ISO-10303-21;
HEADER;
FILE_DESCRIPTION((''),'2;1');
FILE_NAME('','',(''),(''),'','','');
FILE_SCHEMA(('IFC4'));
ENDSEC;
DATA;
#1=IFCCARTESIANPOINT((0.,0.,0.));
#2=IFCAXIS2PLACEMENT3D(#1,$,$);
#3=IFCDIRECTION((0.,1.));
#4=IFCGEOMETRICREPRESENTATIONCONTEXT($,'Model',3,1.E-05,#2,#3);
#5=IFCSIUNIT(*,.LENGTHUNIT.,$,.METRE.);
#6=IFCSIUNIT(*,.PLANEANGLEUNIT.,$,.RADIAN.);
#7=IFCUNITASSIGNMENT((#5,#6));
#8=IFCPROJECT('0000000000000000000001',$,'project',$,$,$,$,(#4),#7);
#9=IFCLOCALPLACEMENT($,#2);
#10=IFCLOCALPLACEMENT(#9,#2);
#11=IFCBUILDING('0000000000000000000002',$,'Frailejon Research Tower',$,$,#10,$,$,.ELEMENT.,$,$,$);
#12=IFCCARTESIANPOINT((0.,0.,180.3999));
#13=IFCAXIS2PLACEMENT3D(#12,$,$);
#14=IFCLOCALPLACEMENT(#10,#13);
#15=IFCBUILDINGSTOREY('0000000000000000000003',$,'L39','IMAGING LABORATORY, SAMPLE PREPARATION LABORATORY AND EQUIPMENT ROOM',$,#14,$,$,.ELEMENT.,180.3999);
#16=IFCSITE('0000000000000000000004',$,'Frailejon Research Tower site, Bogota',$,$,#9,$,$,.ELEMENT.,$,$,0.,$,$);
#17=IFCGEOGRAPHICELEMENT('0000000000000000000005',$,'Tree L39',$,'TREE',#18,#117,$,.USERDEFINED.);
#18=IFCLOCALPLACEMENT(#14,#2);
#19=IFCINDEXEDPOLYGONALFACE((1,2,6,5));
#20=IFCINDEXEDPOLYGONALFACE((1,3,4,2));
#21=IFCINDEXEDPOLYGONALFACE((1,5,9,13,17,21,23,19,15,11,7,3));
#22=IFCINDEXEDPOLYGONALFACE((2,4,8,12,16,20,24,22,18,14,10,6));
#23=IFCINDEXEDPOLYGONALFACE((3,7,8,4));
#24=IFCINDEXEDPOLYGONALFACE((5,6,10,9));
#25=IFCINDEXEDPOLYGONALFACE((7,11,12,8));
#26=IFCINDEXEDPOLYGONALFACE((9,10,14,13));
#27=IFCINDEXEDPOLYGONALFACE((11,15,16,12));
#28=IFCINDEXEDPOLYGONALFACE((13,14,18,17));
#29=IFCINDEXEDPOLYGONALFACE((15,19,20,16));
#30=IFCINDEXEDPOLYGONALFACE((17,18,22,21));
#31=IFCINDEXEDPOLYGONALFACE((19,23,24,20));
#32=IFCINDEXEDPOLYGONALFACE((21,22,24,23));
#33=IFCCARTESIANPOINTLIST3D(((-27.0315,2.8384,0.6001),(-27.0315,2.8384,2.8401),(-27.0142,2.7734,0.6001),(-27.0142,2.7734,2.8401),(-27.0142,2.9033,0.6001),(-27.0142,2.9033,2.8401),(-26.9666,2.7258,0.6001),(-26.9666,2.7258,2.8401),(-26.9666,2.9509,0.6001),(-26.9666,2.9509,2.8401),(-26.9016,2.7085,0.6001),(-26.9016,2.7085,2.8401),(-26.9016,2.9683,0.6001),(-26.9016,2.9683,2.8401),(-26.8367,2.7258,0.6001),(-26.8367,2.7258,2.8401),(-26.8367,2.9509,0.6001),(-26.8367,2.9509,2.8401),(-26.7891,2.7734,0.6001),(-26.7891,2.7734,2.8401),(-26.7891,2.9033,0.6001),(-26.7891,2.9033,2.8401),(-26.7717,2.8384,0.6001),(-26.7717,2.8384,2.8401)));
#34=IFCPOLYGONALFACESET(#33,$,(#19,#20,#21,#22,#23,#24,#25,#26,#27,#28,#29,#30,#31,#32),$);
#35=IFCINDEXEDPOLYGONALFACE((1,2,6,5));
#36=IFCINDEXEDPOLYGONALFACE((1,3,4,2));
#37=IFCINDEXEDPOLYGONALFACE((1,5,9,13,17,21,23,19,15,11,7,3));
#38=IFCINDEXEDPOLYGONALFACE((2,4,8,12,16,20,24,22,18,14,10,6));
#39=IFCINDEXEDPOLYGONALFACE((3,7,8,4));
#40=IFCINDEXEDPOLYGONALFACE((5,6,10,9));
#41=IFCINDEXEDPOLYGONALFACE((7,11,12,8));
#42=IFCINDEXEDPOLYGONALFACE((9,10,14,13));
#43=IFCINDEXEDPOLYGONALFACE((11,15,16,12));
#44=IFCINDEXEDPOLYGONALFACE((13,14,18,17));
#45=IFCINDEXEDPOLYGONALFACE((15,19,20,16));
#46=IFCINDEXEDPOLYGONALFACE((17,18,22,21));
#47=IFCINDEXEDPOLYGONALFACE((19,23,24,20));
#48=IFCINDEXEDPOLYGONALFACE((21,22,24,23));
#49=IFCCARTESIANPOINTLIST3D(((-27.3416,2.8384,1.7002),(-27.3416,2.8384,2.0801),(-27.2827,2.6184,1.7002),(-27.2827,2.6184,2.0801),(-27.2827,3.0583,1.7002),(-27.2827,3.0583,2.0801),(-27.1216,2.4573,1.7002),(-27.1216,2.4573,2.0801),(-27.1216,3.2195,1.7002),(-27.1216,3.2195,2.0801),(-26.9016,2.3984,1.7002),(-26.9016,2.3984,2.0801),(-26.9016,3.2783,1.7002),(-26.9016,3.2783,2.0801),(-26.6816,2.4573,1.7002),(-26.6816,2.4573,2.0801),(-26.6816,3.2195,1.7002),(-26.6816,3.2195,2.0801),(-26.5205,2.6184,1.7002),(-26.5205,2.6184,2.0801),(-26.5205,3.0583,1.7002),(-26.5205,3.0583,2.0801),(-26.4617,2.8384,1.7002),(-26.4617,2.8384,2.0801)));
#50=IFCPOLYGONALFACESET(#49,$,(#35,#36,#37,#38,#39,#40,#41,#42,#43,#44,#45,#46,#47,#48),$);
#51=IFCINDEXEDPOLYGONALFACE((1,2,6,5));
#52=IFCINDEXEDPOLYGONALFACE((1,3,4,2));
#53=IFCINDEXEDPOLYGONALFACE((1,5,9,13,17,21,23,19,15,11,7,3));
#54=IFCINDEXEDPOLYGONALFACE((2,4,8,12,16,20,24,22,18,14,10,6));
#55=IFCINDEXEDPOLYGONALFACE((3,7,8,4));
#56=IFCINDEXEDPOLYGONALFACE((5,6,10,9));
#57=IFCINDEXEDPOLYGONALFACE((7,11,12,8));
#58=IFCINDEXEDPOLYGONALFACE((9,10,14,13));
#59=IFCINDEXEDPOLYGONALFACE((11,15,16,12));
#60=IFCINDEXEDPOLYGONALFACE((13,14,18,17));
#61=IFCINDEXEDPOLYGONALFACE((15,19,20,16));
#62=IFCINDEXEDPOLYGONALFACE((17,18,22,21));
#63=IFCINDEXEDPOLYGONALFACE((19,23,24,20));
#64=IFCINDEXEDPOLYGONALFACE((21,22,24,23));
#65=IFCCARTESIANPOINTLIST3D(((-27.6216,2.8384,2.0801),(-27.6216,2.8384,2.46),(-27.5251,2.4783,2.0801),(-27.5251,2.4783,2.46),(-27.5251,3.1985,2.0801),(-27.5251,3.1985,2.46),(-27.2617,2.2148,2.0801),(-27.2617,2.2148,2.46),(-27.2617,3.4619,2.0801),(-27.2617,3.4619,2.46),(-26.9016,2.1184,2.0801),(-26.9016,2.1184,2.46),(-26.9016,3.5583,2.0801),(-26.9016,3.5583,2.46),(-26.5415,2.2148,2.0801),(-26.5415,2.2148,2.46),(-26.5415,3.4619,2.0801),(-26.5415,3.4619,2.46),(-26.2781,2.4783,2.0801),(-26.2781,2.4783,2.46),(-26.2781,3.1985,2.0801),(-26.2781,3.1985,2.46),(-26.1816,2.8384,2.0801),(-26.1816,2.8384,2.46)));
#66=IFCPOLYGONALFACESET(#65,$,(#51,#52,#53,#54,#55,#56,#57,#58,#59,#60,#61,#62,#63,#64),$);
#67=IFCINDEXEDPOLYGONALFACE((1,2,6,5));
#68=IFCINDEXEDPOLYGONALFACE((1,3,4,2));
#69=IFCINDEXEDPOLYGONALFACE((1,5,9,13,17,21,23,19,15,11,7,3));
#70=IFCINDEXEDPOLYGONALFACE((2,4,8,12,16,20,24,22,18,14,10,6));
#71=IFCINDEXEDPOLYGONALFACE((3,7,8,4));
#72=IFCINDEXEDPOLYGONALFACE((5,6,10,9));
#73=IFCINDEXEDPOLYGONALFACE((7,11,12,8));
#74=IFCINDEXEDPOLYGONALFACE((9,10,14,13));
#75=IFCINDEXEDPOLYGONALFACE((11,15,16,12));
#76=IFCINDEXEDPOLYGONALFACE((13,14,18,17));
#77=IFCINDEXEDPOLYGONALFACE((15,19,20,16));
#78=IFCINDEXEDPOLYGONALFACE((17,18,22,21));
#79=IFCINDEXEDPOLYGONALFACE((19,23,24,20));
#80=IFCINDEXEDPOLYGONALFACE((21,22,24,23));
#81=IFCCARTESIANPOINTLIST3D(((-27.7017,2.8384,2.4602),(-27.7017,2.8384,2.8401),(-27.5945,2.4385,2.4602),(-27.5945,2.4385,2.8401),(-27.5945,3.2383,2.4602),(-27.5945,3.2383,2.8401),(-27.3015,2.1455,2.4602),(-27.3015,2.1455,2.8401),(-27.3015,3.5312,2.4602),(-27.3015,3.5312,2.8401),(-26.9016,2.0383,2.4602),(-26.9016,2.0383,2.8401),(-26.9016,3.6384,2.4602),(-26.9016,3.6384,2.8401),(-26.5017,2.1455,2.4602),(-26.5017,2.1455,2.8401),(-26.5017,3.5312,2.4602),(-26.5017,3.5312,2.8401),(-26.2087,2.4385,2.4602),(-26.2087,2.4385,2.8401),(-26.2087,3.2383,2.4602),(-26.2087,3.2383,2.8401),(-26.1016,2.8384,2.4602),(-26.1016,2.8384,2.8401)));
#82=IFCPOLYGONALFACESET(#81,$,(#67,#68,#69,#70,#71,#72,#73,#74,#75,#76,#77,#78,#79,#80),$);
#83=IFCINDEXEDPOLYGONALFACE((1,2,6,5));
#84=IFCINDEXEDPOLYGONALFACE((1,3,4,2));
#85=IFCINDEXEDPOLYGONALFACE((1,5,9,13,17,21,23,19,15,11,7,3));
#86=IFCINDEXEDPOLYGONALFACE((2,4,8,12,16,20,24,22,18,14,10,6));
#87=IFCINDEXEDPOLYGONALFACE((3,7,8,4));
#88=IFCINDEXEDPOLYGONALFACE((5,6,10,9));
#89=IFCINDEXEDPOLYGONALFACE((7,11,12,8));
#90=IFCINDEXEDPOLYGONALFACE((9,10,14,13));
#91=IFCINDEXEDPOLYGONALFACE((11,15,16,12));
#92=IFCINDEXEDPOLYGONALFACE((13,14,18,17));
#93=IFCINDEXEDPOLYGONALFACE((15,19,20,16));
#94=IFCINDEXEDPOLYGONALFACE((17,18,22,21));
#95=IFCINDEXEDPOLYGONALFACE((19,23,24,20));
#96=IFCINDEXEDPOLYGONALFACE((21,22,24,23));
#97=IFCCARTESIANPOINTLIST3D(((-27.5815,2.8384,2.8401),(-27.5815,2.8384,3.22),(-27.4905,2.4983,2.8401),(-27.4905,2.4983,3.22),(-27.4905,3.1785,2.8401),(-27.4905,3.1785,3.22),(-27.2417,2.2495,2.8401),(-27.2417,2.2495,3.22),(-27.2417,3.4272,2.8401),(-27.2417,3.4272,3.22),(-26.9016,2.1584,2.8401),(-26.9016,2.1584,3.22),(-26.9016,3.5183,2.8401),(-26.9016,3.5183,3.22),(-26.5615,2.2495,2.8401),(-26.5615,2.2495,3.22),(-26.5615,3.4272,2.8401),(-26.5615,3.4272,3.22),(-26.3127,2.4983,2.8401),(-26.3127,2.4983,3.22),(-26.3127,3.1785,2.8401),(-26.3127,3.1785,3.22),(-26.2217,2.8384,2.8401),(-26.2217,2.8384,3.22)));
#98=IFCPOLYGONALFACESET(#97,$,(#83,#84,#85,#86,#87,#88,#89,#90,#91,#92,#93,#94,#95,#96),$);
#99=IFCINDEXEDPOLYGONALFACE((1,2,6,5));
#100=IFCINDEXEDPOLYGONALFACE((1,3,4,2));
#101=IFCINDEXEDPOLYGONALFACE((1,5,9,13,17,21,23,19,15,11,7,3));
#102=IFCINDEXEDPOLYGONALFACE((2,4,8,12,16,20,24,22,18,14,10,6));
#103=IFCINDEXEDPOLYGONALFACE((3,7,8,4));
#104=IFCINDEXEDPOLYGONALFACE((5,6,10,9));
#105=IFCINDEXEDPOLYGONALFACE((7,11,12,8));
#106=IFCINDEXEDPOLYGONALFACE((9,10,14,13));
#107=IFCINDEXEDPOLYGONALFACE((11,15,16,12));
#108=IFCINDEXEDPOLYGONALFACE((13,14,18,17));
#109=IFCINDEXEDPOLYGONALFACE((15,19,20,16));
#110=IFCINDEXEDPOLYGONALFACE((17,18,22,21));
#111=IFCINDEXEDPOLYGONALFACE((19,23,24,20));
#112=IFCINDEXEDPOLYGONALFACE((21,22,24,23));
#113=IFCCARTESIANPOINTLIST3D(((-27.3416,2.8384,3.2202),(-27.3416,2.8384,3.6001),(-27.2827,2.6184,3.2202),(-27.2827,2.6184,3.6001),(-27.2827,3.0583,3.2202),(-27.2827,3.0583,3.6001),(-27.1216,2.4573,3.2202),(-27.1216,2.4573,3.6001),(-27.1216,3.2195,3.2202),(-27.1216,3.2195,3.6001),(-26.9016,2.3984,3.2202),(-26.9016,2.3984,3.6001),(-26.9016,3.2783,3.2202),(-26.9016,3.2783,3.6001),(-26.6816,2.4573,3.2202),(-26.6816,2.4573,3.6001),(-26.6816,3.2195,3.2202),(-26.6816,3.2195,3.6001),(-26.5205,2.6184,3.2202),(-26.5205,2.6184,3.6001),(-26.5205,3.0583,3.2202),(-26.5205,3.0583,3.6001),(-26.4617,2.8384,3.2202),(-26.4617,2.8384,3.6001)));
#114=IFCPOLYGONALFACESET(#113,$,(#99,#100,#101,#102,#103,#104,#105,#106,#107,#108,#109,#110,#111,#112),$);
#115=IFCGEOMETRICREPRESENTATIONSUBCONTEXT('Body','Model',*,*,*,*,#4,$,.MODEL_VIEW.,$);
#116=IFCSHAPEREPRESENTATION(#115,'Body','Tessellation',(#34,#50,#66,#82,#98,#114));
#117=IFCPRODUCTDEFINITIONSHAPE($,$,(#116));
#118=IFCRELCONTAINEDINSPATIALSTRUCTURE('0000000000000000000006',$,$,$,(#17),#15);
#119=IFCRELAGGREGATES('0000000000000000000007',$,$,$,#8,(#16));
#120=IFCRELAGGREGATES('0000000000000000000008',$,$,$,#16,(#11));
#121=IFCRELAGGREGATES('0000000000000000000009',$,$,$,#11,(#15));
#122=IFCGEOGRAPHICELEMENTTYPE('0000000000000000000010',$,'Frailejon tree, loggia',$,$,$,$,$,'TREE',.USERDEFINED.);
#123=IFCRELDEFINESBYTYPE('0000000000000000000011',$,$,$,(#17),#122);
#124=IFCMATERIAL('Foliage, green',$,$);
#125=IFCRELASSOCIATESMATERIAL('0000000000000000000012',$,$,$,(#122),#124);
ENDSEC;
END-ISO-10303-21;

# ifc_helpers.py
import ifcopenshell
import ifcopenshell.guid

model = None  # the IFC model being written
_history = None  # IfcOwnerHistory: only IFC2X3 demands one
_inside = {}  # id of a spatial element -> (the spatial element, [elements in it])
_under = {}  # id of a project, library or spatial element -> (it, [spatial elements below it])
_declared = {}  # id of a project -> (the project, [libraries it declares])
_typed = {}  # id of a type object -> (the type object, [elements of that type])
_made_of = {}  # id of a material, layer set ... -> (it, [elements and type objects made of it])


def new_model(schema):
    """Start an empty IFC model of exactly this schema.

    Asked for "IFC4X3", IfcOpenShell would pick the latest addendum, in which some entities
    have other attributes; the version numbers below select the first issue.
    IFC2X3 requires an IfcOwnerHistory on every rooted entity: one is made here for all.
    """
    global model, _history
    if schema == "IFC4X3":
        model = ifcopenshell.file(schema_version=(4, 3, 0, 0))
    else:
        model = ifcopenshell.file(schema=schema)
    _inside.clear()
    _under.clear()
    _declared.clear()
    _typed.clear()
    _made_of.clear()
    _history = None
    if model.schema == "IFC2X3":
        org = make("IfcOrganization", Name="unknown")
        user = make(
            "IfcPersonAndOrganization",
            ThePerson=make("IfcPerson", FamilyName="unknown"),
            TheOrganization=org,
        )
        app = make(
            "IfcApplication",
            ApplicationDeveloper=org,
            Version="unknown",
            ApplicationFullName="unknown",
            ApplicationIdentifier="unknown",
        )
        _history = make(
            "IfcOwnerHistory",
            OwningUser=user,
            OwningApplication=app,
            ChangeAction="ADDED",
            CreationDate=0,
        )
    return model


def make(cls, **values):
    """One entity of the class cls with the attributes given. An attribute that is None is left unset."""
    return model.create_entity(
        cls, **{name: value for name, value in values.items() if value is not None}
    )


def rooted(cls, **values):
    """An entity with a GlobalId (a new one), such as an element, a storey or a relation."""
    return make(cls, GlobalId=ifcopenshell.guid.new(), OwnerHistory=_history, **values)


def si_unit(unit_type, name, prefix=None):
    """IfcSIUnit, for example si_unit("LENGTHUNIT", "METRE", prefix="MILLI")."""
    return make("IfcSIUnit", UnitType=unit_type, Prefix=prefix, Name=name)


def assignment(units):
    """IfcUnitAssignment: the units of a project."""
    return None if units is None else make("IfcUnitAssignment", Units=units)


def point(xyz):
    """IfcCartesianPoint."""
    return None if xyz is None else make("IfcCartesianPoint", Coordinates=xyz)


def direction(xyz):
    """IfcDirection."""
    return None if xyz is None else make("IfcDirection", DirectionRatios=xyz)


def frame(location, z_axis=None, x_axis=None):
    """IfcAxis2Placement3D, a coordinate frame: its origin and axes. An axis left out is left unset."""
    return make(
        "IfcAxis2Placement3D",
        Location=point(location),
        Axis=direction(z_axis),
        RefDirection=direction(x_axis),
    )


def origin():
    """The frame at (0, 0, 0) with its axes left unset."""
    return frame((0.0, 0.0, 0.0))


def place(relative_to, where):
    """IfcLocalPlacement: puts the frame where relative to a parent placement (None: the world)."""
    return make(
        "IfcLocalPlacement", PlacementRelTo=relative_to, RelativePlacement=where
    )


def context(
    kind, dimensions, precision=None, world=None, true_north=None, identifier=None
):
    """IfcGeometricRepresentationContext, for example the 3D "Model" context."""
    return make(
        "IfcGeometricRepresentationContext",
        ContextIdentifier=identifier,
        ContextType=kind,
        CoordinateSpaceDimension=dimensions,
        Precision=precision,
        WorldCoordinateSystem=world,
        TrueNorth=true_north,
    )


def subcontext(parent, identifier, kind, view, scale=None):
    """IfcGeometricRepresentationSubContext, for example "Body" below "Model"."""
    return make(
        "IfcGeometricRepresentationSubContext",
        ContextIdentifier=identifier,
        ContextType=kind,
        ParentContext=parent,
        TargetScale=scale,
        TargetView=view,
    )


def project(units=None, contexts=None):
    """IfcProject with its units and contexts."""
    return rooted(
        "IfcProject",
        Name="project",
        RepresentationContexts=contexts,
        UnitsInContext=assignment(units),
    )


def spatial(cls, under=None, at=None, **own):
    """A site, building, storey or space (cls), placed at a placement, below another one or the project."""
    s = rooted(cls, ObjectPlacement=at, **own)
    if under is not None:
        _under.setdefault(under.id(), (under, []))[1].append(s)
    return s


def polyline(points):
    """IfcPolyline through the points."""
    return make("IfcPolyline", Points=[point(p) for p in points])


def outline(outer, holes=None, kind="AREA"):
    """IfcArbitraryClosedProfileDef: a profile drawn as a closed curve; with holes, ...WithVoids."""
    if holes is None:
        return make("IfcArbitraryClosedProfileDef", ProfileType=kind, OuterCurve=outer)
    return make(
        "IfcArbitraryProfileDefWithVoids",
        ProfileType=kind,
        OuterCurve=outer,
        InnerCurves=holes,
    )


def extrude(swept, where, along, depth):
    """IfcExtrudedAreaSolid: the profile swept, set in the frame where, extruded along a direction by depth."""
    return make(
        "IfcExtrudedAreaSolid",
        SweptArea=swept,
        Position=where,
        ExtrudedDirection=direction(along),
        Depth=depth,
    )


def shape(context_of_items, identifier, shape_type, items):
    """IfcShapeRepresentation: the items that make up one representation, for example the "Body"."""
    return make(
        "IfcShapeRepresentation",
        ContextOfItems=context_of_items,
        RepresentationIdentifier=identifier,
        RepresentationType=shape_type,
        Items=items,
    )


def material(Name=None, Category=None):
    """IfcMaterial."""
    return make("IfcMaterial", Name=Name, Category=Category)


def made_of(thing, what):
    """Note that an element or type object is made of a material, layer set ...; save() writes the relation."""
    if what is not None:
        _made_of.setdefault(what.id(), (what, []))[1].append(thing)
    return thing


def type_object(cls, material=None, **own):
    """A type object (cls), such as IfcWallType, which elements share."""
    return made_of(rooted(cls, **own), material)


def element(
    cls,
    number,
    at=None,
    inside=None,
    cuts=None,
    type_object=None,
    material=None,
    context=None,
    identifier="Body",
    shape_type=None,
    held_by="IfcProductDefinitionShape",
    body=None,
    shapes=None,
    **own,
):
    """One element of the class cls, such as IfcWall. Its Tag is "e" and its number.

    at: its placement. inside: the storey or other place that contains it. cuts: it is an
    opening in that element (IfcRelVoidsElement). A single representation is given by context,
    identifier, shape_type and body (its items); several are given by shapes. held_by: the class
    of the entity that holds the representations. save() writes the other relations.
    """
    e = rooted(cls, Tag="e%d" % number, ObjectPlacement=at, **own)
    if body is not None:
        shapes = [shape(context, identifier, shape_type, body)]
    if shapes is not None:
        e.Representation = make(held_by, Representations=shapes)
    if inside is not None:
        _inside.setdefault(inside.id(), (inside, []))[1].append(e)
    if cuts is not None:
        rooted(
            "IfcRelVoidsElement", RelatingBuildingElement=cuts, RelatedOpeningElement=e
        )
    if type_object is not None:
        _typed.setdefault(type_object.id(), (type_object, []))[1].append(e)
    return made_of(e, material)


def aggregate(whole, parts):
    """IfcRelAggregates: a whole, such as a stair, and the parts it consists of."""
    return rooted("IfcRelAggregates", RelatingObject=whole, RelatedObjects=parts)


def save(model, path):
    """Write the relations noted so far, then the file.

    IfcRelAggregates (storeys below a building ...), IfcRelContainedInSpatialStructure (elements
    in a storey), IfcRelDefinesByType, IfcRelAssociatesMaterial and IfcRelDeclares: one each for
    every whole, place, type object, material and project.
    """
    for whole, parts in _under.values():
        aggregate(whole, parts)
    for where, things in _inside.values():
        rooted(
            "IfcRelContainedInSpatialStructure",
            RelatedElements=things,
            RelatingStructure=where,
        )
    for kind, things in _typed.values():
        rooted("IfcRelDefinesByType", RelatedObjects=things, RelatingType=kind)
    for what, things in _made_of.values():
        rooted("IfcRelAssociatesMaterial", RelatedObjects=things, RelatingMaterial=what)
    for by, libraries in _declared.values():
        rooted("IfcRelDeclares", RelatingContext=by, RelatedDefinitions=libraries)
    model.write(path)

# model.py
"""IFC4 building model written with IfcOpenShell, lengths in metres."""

from ifc_helpers import new_model, si_unit, direction, frame, origin, place, context, subcontext, project, spatial, polyline, outline, extrude, material, type_object, element, save


model = new_model("IFC4")

# Units and contexts
model_context = context("Model", 3, precision=1e-05, world=origin(), true_north=direction((0.0, 1.0)))
body_context = subcontext(model_context, "Body", "Model", "MODEL_VIEW")
ifc_project = project(units=[si_unit("LENGTHUNIT", "METRE"), si_unit("PLANEANGLEUNIT", "RADIAN")], contexts=[model_context])

# Site, building, storey
site_placement = place(None, origin())
site = spatial("IfcSite", under=ifc_project, at=site_placement, Name="Frailejon Research Tower site, Bogota", CompositionType="ELEMENT", RefElevation=0.0)
building_placement = place(site_placement, origin())
building = spatial("IfcBuilding", under=site, at=building_placement, Name="Frailejon Research Tower", CompositionType="ELEMENT")
storey_placement = place(building_placement, frame((0.0, 0.0, 180.3999)))
storey = spatial("IfcBuildingStorey", under=building, at=storey_placement, Name="L39", Description="IMAGING LABORATORY, SAMPLE PREPARATION LABORATORY AND EQUIPMENT ROOM", CompositionType="ELEMENT", Elevation=180.3999)

# Geographic element
ifc_material_1 = material(Name="Foliage, green")
geographic_element_type = type_object("IfcGeographicElementType", Name="Frailejon tree, loggia", ElementType="TREE", PredefinedType="USERDEFINED", material=ifc_material_1)
geographic_element_placement = place(storey_placement, frame((-26.9016, 2.8384, 0.6001)))
element("IfcGeographicElement", 1, at=geographic_element_placement, inside=storey, type_object=geographic_element_type, Name="Tree L39", ObjectType="TREE", PredefinedType="USERDEFINED", context=body_context, shape_type="SweptSolid", body=[
    extrude(outline(polyline([(0.1299, 0.0), (0.1125, 0.0649), (0.0649, 0.1125), (0.0, 0.1299), (-0.0649, 0.1125), (-0.1125, 0.0649), (-0.1299, 0.0), (-0.1125, -0.0649), (-0.0649, -0.1125), (0.0, -0.1299), (0.0649, -0.1125), (0.1125, -0.0649), (0.1299, 0.0)])), origin(), (0.0, 0.0, 1.0), 2.24),
    extrude(outline(polyline([(0.4399, 0.0), (0.3811, 0.22), (0.22, 0.3811), (0.0, 0.4399), (-0.22, 0.3811), (-0.3811, 0.22), (-0.4399, 0.0), (-0.3811, -0.22), (-0.22, -0.3811), (0.0, -0.4399), (0.22, -0.3811), (0.3811, -0.22), (0.4399, 0.0)])), frame((0.0, 0.0, 1.1001)), (0.0, 0.0, 1.0), 0.3799),
    extrude(outline(polyline([(0.72, 0.0), (0.6235, 0.3601), (0.3601, 0.6235), (0.0, 0.72), (-0.3601, 0.6235), (-0.6235, 0.3601), (-0.72, 0.0), (-0.6235, -0.3601), (-0.3601, -0.6235), (0.0, -0.72), (0.3601, -0.6235), (0.6235, -0.3601), (0.72, 0.0)])), frame((0.0, 0.0, 1.48)), (0.0, 0.0, 1.0), 0.3799),
    extrude(outline(polyline([(0.8, 0.0), (0.6929, 0.3999), (0.3999, 0.6929), (0.0, 0.8), (-0.3999, 0.6929), (-0.6929, 0.3999), (-0.8, 0.0), (-0.6929, -0.3999), (-0.3999, -0.6929), (0.0, -0.8), (0.3999, -0.6929), (0.6929, -0.3999), (0.8, 0.0)])), frame((0.0, 0.0, 1.8601)), (0.0, 0.0, 1.0), 0.3799),
    extrude(outline(polyline([(0.6799, 0.0), (0.5889, 0.3401), (0.3401, 0.5889), (0.0, 0.6799), (-0.3401, 0.5889), (-0.5889, 0.3401), (-0.6799, 0.0), (-0.5889, -0.3401), (-0.3401, -0.5889), (0.0, -0.6799), (0.3401, -0.5889), (0.5889, -0.3401), (0.6799, 0.0)])), frame((0.0, 0.0, 2.24)), (0.0, 0.0, 1.0), 0.3799),
    extrude(outline(polyline([(0.4399, 0.0), (0.3811, 0.22), (0.22, 0.3811), (0.0, 0.4399), (-0.22, 0.3811), (-0.3811, 0.22), (-0.4399, 0.0), (-0.3811, -0.22), (-0.22, -0.3811), (0.0, -0.4399), (0.22, -0.3811), (0.3811, -0.22), (0.4399, 0.0)])), frame((0.0, 0.0, 2.6201)), (0.0, 0.0, 1.0), 0.3799),
])

save(model, "model.ifc")
